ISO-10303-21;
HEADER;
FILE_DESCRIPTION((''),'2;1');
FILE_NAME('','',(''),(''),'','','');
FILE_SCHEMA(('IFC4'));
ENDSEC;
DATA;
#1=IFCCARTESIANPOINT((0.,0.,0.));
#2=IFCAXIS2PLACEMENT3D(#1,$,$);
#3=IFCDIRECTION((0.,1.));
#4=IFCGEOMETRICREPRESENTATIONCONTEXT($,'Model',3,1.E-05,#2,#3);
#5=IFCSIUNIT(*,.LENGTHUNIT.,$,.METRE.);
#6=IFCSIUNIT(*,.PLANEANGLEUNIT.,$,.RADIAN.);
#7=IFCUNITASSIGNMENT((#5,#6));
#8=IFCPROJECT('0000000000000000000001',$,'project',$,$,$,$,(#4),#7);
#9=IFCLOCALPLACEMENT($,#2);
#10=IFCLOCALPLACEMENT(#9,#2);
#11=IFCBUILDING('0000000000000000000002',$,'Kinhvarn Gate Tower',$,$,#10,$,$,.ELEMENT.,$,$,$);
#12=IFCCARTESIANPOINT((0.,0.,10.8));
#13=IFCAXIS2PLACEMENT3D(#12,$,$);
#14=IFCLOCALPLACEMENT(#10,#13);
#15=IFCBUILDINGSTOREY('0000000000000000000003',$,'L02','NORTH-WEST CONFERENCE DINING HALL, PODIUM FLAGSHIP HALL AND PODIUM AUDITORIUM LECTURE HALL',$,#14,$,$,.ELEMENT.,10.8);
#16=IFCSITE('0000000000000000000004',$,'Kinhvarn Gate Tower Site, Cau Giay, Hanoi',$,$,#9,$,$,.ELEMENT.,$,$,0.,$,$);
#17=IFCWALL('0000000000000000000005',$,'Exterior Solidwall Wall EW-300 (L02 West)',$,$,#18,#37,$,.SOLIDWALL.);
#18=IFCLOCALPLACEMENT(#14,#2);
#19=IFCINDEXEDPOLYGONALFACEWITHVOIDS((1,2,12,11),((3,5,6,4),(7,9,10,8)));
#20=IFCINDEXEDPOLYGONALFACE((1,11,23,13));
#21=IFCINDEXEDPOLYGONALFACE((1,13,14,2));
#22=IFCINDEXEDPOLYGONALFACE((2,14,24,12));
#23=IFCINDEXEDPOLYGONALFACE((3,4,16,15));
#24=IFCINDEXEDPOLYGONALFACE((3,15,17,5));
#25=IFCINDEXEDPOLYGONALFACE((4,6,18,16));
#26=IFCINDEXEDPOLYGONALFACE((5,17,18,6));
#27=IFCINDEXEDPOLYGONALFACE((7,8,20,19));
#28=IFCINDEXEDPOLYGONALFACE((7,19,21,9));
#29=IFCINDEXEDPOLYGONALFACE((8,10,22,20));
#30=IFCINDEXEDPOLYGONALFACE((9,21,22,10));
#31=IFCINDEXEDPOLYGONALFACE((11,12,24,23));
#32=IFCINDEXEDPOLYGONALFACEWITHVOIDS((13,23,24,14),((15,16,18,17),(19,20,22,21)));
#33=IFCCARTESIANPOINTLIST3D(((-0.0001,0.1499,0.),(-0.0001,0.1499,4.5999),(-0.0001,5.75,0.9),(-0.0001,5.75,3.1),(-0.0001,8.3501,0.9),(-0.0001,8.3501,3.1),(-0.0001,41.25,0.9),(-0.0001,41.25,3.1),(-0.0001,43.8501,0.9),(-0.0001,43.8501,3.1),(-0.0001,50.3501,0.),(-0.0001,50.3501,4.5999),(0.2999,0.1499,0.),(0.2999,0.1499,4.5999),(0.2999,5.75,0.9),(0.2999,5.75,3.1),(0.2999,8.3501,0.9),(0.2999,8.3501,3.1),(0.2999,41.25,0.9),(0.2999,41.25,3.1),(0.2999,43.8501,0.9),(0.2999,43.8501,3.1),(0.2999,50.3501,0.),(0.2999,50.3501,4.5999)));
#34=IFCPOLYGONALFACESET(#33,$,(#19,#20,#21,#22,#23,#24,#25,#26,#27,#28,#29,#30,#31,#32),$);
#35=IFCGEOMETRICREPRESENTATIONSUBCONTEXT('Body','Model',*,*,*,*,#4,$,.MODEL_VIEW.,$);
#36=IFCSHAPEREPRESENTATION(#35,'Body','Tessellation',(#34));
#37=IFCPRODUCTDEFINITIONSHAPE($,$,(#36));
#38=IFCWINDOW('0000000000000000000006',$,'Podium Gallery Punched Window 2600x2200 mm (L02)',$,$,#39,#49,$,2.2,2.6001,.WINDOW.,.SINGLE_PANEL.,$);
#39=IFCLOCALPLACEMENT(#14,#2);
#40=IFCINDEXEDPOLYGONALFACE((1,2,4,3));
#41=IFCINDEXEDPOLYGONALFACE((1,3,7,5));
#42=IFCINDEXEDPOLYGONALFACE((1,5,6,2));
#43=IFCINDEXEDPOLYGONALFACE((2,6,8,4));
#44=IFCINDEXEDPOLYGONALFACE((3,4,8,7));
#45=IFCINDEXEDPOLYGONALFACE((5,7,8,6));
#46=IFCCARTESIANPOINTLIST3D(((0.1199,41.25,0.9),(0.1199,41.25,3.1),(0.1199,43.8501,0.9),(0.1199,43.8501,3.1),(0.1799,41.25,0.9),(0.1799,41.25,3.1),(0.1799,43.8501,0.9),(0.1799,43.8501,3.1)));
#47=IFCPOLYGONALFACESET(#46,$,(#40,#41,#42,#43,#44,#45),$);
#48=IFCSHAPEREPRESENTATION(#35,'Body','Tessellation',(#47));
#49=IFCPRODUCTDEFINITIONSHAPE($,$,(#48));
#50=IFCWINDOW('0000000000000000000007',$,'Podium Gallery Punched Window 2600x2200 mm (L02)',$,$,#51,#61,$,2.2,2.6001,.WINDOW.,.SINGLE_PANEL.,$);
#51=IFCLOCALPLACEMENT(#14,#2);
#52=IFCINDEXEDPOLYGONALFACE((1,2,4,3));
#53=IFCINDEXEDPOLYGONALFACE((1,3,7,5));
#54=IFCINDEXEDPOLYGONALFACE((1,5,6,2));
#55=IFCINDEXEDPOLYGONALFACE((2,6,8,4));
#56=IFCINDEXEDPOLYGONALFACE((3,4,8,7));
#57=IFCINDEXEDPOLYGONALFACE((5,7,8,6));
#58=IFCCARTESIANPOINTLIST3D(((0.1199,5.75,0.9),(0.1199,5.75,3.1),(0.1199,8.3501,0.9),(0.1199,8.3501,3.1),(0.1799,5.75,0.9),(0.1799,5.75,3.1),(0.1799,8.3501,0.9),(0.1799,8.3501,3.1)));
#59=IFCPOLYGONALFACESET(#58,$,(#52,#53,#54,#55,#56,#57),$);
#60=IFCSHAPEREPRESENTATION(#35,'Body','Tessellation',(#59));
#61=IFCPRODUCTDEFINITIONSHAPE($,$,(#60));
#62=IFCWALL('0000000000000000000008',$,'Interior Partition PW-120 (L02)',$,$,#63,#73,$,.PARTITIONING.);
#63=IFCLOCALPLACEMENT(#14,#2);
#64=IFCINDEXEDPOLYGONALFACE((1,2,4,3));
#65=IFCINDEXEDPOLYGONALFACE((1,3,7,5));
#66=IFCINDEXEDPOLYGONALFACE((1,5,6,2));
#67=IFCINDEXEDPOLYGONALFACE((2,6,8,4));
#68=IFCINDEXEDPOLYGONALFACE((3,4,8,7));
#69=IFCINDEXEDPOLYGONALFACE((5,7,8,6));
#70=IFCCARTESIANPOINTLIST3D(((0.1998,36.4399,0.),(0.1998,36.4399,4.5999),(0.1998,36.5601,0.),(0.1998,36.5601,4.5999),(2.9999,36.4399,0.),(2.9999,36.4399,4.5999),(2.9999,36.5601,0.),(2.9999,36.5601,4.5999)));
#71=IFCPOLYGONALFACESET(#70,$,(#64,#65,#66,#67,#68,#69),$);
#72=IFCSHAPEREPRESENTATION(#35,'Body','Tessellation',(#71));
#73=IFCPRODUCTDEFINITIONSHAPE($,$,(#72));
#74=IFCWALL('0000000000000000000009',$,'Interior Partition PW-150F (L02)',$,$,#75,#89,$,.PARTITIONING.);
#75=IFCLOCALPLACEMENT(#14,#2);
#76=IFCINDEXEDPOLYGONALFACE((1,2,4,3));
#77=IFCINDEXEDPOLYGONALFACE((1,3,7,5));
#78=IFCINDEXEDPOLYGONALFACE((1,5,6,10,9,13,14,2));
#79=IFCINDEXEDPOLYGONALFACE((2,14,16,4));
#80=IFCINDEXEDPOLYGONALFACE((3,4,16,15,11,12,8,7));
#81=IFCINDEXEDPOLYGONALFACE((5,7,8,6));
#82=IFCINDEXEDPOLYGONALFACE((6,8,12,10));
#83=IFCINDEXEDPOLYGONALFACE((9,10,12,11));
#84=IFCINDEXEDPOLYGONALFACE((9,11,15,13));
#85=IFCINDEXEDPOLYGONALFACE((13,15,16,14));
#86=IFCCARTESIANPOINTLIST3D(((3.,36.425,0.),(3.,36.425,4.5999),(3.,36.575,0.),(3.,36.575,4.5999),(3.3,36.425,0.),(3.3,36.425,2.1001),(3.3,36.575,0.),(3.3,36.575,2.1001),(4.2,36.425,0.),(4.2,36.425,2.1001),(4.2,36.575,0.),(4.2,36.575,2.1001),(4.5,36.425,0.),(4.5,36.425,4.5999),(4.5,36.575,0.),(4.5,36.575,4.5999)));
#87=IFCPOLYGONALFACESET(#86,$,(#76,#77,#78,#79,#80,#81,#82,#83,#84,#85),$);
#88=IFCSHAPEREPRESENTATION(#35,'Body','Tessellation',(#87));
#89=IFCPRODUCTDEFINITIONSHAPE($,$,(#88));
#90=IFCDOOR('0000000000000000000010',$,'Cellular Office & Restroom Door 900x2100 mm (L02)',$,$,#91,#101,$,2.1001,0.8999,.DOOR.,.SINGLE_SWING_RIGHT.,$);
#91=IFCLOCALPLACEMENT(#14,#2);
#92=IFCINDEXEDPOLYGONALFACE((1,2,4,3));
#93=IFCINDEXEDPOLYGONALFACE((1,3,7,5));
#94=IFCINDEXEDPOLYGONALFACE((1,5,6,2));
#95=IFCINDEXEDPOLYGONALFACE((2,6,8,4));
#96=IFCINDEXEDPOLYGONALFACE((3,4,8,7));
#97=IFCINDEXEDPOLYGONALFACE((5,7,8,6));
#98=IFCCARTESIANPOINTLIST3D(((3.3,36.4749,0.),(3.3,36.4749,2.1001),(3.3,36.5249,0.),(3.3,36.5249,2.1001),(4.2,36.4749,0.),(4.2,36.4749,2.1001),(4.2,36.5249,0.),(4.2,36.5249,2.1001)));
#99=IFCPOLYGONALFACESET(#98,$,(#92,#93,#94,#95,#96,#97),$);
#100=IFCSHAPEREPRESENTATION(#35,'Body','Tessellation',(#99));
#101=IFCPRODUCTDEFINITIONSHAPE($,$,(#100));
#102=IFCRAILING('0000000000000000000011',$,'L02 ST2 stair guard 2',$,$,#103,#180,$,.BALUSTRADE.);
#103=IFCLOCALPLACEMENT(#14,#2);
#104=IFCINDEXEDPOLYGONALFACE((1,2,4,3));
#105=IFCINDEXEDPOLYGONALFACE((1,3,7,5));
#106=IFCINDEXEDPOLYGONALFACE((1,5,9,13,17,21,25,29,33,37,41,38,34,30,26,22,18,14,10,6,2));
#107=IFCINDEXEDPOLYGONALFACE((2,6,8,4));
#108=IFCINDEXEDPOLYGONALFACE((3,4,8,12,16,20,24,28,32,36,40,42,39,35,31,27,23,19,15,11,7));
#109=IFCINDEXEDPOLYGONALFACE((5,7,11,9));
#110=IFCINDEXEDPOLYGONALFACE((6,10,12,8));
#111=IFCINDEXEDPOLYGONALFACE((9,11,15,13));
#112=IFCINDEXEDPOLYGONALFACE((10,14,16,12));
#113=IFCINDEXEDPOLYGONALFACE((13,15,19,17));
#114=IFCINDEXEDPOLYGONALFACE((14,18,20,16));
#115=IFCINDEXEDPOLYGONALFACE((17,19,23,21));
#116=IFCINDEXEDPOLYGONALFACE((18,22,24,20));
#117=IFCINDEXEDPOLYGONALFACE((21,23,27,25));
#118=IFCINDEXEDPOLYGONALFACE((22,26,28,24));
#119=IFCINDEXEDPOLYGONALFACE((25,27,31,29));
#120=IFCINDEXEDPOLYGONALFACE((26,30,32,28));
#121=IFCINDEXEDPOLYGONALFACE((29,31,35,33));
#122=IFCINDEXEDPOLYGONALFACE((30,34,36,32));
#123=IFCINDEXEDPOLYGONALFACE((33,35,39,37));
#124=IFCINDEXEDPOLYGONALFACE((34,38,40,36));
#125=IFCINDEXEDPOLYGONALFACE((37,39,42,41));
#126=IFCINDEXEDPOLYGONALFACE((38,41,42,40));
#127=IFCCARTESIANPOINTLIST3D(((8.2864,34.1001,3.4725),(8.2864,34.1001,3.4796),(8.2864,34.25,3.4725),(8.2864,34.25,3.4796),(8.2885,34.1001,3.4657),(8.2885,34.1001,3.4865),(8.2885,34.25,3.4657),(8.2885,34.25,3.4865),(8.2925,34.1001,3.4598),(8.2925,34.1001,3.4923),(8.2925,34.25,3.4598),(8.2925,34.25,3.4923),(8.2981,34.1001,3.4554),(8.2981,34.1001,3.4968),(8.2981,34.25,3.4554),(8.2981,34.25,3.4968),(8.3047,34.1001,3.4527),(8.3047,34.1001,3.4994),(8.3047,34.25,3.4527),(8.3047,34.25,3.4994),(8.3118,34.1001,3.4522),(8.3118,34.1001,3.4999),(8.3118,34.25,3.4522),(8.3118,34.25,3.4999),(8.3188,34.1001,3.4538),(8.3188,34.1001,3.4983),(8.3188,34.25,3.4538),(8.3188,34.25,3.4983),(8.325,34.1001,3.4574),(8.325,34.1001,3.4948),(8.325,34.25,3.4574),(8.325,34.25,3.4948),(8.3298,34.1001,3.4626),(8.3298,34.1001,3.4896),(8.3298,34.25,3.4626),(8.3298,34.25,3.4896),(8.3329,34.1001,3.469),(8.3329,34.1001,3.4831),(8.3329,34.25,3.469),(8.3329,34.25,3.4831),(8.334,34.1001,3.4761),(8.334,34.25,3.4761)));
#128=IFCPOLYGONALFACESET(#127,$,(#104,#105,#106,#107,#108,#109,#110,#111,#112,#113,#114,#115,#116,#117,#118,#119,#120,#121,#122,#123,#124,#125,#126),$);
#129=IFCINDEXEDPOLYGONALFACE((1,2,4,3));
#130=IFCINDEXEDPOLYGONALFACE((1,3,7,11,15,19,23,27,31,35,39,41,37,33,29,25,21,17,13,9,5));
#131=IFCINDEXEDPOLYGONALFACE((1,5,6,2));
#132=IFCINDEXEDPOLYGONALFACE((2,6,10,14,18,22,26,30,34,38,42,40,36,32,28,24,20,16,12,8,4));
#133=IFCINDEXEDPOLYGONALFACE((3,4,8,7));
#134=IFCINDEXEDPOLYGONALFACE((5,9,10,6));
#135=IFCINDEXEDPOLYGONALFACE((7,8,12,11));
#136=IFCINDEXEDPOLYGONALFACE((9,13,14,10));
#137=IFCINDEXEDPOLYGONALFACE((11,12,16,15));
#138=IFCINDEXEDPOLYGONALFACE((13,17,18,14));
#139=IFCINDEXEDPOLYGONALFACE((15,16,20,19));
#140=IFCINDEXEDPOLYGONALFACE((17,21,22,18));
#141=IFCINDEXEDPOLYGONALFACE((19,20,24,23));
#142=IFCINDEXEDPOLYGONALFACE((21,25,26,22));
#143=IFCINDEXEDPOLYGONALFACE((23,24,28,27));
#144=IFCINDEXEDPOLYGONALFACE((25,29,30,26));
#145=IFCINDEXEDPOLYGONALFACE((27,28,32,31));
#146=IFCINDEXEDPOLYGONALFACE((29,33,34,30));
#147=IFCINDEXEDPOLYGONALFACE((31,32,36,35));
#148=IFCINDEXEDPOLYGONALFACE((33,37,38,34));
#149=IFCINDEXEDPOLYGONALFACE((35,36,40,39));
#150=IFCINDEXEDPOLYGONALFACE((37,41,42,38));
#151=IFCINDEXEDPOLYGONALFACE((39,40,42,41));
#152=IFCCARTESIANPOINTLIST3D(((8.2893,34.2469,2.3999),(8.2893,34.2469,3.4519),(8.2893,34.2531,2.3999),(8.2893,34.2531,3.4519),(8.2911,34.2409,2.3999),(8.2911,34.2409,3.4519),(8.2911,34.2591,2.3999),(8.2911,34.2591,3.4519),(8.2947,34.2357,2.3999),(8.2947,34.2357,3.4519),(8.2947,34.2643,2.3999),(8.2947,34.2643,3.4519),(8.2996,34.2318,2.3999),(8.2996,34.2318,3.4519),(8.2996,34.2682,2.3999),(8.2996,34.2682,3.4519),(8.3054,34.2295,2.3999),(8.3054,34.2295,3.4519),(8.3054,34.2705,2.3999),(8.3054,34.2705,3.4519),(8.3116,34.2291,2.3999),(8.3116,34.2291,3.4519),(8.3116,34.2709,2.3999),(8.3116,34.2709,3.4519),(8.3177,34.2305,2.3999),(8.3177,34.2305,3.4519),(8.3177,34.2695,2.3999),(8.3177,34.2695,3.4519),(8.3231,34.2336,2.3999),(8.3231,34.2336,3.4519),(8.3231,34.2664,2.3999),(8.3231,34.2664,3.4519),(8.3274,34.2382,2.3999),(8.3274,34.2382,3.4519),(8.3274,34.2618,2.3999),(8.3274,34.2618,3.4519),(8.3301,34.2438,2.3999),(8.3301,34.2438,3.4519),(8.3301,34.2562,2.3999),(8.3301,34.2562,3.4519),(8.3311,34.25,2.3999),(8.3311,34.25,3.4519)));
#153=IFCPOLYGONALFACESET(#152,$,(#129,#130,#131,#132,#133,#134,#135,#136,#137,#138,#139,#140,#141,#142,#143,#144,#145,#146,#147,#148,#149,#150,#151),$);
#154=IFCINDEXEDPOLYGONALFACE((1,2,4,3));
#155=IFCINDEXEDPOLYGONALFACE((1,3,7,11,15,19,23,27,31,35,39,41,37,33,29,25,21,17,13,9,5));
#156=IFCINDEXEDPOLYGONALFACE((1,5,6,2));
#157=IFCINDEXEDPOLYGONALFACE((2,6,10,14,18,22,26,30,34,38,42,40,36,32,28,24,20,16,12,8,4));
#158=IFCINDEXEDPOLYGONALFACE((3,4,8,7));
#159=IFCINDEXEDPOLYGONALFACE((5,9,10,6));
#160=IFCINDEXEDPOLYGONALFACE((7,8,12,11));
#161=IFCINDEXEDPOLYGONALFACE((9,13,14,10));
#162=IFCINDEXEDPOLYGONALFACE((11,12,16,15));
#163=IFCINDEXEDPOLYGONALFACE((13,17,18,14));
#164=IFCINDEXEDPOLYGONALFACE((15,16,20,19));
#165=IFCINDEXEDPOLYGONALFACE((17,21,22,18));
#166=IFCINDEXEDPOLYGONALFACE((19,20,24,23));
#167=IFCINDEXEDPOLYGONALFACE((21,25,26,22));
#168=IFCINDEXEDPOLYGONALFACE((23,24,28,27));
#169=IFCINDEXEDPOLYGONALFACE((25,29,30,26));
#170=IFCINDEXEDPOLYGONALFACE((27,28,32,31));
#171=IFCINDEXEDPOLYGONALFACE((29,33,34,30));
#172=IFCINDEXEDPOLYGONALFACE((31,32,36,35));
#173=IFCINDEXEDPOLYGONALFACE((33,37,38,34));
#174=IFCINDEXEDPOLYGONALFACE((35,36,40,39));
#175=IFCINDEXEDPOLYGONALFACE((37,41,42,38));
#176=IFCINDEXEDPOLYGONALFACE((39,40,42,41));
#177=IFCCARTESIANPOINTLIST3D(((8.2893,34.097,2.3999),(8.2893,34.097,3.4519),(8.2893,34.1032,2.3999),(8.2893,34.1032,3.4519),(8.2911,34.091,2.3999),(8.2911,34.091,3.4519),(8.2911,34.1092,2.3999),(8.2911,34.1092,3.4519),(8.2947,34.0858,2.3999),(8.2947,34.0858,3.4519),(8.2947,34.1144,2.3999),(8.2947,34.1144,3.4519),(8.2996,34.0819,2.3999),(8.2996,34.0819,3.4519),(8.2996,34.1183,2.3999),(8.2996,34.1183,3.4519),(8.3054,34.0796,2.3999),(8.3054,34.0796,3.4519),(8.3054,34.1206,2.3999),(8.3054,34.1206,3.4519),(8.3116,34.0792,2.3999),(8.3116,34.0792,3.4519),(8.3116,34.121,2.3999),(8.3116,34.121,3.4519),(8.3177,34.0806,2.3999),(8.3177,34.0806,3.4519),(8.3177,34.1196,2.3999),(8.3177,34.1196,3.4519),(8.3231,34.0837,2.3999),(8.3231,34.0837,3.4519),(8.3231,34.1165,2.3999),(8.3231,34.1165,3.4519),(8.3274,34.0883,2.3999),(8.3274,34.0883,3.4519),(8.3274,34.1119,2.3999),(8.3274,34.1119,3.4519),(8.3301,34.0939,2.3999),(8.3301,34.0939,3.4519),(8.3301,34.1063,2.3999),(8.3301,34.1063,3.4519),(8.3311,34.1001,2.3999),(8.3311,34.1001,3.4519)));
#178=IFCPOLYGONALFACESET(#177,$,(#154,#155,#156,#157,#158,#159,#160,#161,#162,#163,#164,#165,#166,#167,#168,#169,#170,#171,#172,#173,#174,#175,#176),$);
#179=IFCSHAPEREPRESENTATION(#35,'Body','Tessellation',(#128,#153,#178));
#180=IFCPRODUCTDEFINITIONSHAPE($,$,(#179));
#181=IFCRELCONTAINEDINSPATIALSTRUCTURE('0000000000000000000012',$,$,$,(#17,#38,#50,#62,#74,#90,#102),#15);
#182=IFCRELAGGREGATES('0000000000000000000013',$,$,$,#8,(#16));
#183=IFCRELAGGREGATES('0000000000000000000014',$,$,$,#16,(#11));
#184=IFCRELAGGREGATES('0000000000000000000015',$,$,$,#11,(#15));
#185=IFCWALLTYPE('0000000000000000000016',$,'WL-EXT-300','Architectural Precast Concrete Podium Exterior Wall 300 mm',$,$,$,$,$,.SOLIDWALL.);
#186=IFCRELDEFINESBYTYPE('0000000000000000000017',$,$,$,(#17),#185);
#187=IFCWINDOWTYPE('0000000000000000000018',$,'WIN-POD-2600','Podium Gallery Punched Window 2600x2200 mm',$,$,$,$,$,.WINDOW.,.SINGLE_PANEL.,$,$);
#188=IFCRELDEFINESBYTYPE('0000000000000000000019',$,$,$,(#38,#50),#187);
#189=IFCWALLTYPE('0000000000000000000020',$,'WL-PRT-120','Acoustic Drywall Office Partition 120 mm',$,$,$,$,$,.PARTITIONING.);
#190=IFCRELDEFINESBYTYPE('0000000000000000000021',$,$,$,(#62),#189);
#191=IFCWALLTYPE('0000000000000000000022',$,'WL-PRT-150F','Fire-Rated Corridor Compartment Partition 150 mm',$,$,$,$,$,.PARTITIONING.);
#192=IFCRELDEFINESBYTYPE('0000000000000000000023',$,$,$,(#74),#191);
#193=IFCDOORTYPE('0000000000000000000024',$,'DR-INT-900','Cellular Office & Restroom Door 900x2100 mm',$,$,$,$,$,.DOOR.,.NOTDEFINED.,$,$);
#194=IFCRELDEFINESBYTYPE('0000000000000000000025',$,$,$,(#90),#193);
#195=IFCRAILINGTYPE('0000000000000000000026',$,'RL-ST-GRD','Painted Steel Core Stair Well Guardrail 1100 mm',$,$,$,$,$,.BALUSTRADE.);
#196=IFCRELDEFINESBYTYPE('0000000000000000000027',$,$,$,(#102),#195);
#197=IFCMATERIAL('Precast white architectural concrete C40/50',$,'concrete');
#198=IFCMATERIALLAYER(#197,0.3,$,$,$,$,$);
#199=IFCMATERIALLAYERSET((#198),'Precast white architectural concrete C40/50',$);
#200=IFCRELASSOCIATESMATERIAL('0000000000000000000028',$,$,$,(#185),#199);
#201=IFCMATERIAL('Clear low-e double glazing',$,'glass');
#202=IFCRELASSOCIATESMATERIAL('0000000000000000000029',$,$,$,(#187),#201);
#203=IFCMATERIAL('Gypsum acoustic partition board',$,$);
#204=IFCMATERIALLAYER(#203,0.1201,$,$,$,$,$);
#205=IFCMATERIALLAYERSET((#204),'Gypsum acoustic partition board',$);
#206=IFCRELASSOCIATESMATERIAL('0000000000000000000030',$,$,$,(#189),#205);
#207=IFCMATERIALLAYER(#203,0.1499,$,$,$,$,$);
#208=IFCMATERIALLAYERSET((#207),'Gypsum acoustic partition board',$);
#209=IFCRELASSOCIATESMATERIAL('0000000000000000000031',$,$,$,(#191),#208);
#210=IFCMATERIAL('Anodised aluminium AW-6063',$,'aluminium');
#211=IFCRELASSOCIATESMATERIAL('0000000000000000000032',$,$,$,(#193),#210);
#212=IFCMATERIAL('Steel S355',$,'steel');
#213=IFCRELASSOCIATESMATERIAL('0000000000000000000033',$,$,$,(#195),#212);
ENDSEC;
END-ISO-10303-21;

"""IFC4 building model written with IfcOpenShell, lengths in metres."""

from ifc_helpers import new_model, si_unit, direction, frame, frame_2d, origin, origin_2d, place, context, subcontext, project, spatial, rectangle, circle, extrude, material, layer, layer_set, type_object, element, fill, save


model = new_model("IFC4")

# Units and contexts
model_context = context("Model", 3, precision=1e-05, world=origin(), true_north=direction((0.0, 1.0)))
body_context = subcontext(model_context, "Body", "Model", "MODEL_VIEW")
ifc_project = project(units=[si_unit("LENGTHUNIT", "METRE"), si_unit("PLANEANGLEUNIT", "RADIAN")], contexts=[model_context])

# Site, building, storey
site_placement = place(None, origin())
site = spatial("IfcSite", under=ifc_project, at=site_placement, Name="Kinhvarn Gate Tower Site, Cau Giay, Hanoi", CompositionType="ELEMENT", RefElevation=0.0)
building_placement = place(site_placement, origin())
building = spatial("IfcBuilding", under=site, at=building_placement, Name="Kinhvarn Gate Tower", CompositionType="ELEMENT")
storey_placement = place(building_placement, frame((0.0, 0.0, 10.8)))
storey = spatial("IfcBuildingStorey", under=building, at=storey_placement, Name="L02", Description="NORTH-WEST CONFERENCE DINING HALL, PODIUM FLAGSHIP HALL AND PODIUM AUDITORIUM LECTURE HALL", CompositionType="ELEMENT", Elevation=10.8)

# Shared definitions
ifc_material_1 = material(Name="Anodised aluminium AW-6063", Category="aluminium")

# Shared definitions
ifc_material_2 = material(Name="Steel S355", Category="steel")

# Shared definitions
ifc_material_3 = material(Name="Clear low-e double glazing", Category="glass")

# Wall, openings, windows
ifc_material_4 = material(Name="Precast white architectural concrete C40/50", Category="concrete")
ifc_layer_1 = layer(ifc_material_4, 0.3)
ifc_layer_set_1 = layer_set([ifc_layer_1], Name="Precast white architectural concrete C40/50")
wall_type_1 = type_object("IfcWallType", Name="WL-EXT-300", Description="Architectural Precast Concrete Podium Exterior Wall 300 mm", PredefinedType="SOLIDWALL", material=ifc_layer_set_1)
wall_1_placement = place(storey_placement, frame((0.1499, 50.3501, 0.0), z_axis=(0.0, 0.0, 1.0), x_axis=(0.0, -1.0, 0.0)))
wall_1 = element("IfcWall", 1, at=wall_1_placement, inside=storey, type_object=wall_type_1, Name="Exterior Solidwall Wall EW-300 (L02 West)", PredefinedType="SOLIDWALL", context=body_context, shape_type="SweptSolid", body=[
    extrude(rectangle(XDim=50.2002, YDim=0.3, at=frame_2d((25.1001, 0.0))), origin(), (0.0, 0.0, 1.0), 4.5999),
])
opening_1_placement = place(wall_1_placement, frame((6.5, 0.0, 0.8999)))
opening_1 = element("IfcOpeningElement", 2, at=opening_1_placement, cuts=wall_1, PredefinedType="OPENING", context=body_context, shape_type="SweptSolid", body=[
    extrude(rectangle(XDim=2.6001, YDim=2.2, at=frame_2d((1.3, 1.1001))), frame((0.0, 0.1602, 0.0), z_axis=(0.0, -1.0, 0.0), x_axis=(1.0, 0.0, 0.0)), (0.0, 0.0, 1.0), 0.3201),
])
opening_2_placement = place(wall_1_placement, frame((42.0, 0.0, 0.8999)))
opening_2 = element("IfcOpeningElement", 3, at=opening_2_placement, cuts=wall_1, PredefinedType="OPENING", context=body_context, shape_type="SweptSolid", body=[
    extrude(rectangle(XDim=2.6001, YDim=2.2, at=frame_2d((1.3, 1.1001))), frame((0.0, 0.1602, 0.0), z_axis=(0.0, -1.0, 0.0), x_axis=(1.0, 0.0, 0.0)), (0.0, 0.0, 1.0), 0.3201),
])
window_type = type_object("IfcWindowType", Name="WIN-POD-2600", Description="Podium Gallery Punched Window 2600x2200 mm", PartitioningType="SINGLE_PANEL", PredefinedType="WINDOW", material=ifc_material_3)
window_1_placement = place(opening_1_placement, origin())
window_1 = element("IfcWindow", 4, at=window_1_placement, inside=storey, type_object=window_type, Name="Podium Gallery Punched Window 2600x2200 mm (L02)", OverallHeight=2.2, OverallWidth=2.6001, PartitioningType="SINGLE_PANEL", PredefinedType="WINDOW", context=body_context, shape_type="SweptSolid", body=[
    extrude(rectangle(XDim=2.6001, YDim=2.2, at=frame_2d((1.3, 1.1001))), frame((0.0, 0.03, 0.0), z_axis=(0.0, -1.0, 0.0), x_axis=(1.0, 0.0, 0.0)), (0.0, 0.0, 1.0), 0.0601),
])
fill(opening_1, window_1)
window_2_placement = place(opening_2_placement, origin())
window_2 = element("IfcWindow", 5, at=window_2_placement, inside=storey, type_object=window_type, Name="Podium Gallery Punched Window 2600x2200 mm (L02)", OverallHeight=2.2, OverallWidth=2.6001, PartitioningType="SINGLE_PANEL", PredefinedType="WINDOW", context=body_context, shape_type="SweptSolid", body=[
    extrude(rectangle(XDim=2.6001, YDim=2.2, at=frame_2d((1.3, 1.1001))), frame((0.0, 0.03, 0.0), z_axis=(0.0, -1.0, 0.0), x_axis=(1.0, 0.0, 0.0)), (0.0, 0.0, 1.0), 0.0601),
])
fill(opening_2, window_2)

# Wall
ifc_material_5 = material(Name="Gypsum acoustic partition board")
ifc_layer_2 = layer(ifc_material_5, 0.1201)
ifc_layer_set_2 = layer_set([ifc_layer_2], Name="Gypsum acoustic partition board")
wall_type_2 = type_object("IfcWallType", Name="WL-PRT-120", Description="Acoustic Drywall Office Partition 120 mm", PredefinedType="PARTITIONING", material=ifc_layer_set_2)
wall_2_placement = place(storey_placement, frame((0.2, 36.5, 0.0), z_axis=(0.0, 0.0, 1.0), x_axis=(1.0, 0.0, 0.0)))
element("IfcWall", 6, at=wall_2_placement, inside=storey, type_object=wall_type_2, Name="Interior Partition PW-120 (L02)", PredefinedType="PARTITIONING", context=body_context, shape_type="SweptSolid", body=[
    extrude(rectangle(XDim=2.8, YDim=0.1201, at=frame_2d((1.3999, 0.0))), origin(), (0.0, 0.0, 1.0), 4.5999),
])

# Wall, opening, door
ifc_layer_3 = layer(ifc_material_5, 0.1499)
ifc_layer_set_3 = layer_set([ifc_layer_3], Name="Gypsum acoustic partition board")
wall_type_3 = type_object("IfcWallType", Name="WL-PRT-150F", Description="Fire-Rated Corridor Compartment Partition 150 mm", PredefinedType="PARTITIONING", material=ifc_layer_set_3)
wall_3_placement = place(storey_placement, frame((3.0, 36.5, 0.0), z_axis=(0.0, 0.0, 1.0), x_axis=(1.0, 0.0, 0.0)))
wall_3 = element("IfcWall", 7, at=wall_3_placement, inside=storey, type_object=wall_type_3, Name="Interior Partition PW-150F (L02)", PredefinedType="PARTITIONING", context=body_context, shape_type="SweptSolid", body=[
    extrude(rectangle(XDim=1.5, YDim=0.1499, at=frame_2d((0.75, 0.0))), origin(), (0.0, 0.0, 1.0), 4.5999),
])
opening_3_placement = place(wall_3_placement, frame((0.3, 0.0, 0.0)))
opening_3 = element("IfcOpeningElement", 8, at=opening_3_placement, cuts=wall_3, PredefinedType="OPENING", context=body_context, shape_type="SweptSolid", body=[
    extrude(rectangle(XDim=0.8999, YDim=2.1001, at=frame_2d((0.45, 1.05))), frame((0.0, 0.085, 0.0), z_axis=(0.0, -1.0, 0.0), x_axis=(1.0, 0.0, 0.0)), (0.0, 0.0, 1.0), 0.1699),
])
door_type = type_object("IfcDoorType", Name="DR-INT-900", Description="Cellular Office & Restroom Door 900x2100 mm", OperationType="NOTDEFINED", PredefinedType="DOOR", material=ifc_material_1)
door_placement = place(opening_3_placement, origin())
door = element("IfcDoor", 9, at=door_placement, inside=storey, type_object=door_type, Name="Cellular Office & Restroom Door 900x2100 mm (L02)", OperationType="SINGLE_SWING_RIGHT", OverallHeight=2.1001, OverallWidth=0.8999, PredefinedType="DOOR", context=body_context, shape_type="SweptSolid", body=[
    extrude(rectangle(XDim=0.8999, YDim=2.1001, at=frame_2d((0.45, 1.05))), frame((0.0, 0.0249, 0.0), z_axis=(0.0, -1.0, 0.0), x_axis=(1.0, 0.0, 0.0)), (0.0, 0.0, 1.0), 0.05),
])
fill(opening_3, door)

# Railing
railing_type = type_object("IfcRailingType", Name="RL-ST-GRD", Description="Painted Steel Core Stair Well Guardrail 1100 mm", PredefinedType="BALUSTRADE", material=ifc_material_2)
railing_1_placement = place(storey_placement, frame((8.3101, 34.25, 2.3999)))
element("IfcRailing", 10, at=railing_1_placement, inside=storey, type_object=railing_type, Name="L02 ST2 stair guard 2", PredefinedType="BALUSTRADE", context=body_context, shape_type="SweptSolid", body=[
    extrude(circle(Radius=0.0239, at=origin_2d()), frame((0.0, 0.0, 1.0762), z_axis=(0.0, -1.0, 0.0), x_axis=(1.0, 0.0, 0.0)), (0.0, 0.0, 1.0), 0.1499),
    extrude(circle(Radius=0.021, at=origin_2d()), origin(), (0.0, 0.0, 1.0), 1.052),
    extrude(circle(Radius=0.021, at=origin_2d()), frame((0.0, -0.1499, 0.0)), (0.0, 0.0, 1.0), 1.052),
])

save(model, "model.ifc")
